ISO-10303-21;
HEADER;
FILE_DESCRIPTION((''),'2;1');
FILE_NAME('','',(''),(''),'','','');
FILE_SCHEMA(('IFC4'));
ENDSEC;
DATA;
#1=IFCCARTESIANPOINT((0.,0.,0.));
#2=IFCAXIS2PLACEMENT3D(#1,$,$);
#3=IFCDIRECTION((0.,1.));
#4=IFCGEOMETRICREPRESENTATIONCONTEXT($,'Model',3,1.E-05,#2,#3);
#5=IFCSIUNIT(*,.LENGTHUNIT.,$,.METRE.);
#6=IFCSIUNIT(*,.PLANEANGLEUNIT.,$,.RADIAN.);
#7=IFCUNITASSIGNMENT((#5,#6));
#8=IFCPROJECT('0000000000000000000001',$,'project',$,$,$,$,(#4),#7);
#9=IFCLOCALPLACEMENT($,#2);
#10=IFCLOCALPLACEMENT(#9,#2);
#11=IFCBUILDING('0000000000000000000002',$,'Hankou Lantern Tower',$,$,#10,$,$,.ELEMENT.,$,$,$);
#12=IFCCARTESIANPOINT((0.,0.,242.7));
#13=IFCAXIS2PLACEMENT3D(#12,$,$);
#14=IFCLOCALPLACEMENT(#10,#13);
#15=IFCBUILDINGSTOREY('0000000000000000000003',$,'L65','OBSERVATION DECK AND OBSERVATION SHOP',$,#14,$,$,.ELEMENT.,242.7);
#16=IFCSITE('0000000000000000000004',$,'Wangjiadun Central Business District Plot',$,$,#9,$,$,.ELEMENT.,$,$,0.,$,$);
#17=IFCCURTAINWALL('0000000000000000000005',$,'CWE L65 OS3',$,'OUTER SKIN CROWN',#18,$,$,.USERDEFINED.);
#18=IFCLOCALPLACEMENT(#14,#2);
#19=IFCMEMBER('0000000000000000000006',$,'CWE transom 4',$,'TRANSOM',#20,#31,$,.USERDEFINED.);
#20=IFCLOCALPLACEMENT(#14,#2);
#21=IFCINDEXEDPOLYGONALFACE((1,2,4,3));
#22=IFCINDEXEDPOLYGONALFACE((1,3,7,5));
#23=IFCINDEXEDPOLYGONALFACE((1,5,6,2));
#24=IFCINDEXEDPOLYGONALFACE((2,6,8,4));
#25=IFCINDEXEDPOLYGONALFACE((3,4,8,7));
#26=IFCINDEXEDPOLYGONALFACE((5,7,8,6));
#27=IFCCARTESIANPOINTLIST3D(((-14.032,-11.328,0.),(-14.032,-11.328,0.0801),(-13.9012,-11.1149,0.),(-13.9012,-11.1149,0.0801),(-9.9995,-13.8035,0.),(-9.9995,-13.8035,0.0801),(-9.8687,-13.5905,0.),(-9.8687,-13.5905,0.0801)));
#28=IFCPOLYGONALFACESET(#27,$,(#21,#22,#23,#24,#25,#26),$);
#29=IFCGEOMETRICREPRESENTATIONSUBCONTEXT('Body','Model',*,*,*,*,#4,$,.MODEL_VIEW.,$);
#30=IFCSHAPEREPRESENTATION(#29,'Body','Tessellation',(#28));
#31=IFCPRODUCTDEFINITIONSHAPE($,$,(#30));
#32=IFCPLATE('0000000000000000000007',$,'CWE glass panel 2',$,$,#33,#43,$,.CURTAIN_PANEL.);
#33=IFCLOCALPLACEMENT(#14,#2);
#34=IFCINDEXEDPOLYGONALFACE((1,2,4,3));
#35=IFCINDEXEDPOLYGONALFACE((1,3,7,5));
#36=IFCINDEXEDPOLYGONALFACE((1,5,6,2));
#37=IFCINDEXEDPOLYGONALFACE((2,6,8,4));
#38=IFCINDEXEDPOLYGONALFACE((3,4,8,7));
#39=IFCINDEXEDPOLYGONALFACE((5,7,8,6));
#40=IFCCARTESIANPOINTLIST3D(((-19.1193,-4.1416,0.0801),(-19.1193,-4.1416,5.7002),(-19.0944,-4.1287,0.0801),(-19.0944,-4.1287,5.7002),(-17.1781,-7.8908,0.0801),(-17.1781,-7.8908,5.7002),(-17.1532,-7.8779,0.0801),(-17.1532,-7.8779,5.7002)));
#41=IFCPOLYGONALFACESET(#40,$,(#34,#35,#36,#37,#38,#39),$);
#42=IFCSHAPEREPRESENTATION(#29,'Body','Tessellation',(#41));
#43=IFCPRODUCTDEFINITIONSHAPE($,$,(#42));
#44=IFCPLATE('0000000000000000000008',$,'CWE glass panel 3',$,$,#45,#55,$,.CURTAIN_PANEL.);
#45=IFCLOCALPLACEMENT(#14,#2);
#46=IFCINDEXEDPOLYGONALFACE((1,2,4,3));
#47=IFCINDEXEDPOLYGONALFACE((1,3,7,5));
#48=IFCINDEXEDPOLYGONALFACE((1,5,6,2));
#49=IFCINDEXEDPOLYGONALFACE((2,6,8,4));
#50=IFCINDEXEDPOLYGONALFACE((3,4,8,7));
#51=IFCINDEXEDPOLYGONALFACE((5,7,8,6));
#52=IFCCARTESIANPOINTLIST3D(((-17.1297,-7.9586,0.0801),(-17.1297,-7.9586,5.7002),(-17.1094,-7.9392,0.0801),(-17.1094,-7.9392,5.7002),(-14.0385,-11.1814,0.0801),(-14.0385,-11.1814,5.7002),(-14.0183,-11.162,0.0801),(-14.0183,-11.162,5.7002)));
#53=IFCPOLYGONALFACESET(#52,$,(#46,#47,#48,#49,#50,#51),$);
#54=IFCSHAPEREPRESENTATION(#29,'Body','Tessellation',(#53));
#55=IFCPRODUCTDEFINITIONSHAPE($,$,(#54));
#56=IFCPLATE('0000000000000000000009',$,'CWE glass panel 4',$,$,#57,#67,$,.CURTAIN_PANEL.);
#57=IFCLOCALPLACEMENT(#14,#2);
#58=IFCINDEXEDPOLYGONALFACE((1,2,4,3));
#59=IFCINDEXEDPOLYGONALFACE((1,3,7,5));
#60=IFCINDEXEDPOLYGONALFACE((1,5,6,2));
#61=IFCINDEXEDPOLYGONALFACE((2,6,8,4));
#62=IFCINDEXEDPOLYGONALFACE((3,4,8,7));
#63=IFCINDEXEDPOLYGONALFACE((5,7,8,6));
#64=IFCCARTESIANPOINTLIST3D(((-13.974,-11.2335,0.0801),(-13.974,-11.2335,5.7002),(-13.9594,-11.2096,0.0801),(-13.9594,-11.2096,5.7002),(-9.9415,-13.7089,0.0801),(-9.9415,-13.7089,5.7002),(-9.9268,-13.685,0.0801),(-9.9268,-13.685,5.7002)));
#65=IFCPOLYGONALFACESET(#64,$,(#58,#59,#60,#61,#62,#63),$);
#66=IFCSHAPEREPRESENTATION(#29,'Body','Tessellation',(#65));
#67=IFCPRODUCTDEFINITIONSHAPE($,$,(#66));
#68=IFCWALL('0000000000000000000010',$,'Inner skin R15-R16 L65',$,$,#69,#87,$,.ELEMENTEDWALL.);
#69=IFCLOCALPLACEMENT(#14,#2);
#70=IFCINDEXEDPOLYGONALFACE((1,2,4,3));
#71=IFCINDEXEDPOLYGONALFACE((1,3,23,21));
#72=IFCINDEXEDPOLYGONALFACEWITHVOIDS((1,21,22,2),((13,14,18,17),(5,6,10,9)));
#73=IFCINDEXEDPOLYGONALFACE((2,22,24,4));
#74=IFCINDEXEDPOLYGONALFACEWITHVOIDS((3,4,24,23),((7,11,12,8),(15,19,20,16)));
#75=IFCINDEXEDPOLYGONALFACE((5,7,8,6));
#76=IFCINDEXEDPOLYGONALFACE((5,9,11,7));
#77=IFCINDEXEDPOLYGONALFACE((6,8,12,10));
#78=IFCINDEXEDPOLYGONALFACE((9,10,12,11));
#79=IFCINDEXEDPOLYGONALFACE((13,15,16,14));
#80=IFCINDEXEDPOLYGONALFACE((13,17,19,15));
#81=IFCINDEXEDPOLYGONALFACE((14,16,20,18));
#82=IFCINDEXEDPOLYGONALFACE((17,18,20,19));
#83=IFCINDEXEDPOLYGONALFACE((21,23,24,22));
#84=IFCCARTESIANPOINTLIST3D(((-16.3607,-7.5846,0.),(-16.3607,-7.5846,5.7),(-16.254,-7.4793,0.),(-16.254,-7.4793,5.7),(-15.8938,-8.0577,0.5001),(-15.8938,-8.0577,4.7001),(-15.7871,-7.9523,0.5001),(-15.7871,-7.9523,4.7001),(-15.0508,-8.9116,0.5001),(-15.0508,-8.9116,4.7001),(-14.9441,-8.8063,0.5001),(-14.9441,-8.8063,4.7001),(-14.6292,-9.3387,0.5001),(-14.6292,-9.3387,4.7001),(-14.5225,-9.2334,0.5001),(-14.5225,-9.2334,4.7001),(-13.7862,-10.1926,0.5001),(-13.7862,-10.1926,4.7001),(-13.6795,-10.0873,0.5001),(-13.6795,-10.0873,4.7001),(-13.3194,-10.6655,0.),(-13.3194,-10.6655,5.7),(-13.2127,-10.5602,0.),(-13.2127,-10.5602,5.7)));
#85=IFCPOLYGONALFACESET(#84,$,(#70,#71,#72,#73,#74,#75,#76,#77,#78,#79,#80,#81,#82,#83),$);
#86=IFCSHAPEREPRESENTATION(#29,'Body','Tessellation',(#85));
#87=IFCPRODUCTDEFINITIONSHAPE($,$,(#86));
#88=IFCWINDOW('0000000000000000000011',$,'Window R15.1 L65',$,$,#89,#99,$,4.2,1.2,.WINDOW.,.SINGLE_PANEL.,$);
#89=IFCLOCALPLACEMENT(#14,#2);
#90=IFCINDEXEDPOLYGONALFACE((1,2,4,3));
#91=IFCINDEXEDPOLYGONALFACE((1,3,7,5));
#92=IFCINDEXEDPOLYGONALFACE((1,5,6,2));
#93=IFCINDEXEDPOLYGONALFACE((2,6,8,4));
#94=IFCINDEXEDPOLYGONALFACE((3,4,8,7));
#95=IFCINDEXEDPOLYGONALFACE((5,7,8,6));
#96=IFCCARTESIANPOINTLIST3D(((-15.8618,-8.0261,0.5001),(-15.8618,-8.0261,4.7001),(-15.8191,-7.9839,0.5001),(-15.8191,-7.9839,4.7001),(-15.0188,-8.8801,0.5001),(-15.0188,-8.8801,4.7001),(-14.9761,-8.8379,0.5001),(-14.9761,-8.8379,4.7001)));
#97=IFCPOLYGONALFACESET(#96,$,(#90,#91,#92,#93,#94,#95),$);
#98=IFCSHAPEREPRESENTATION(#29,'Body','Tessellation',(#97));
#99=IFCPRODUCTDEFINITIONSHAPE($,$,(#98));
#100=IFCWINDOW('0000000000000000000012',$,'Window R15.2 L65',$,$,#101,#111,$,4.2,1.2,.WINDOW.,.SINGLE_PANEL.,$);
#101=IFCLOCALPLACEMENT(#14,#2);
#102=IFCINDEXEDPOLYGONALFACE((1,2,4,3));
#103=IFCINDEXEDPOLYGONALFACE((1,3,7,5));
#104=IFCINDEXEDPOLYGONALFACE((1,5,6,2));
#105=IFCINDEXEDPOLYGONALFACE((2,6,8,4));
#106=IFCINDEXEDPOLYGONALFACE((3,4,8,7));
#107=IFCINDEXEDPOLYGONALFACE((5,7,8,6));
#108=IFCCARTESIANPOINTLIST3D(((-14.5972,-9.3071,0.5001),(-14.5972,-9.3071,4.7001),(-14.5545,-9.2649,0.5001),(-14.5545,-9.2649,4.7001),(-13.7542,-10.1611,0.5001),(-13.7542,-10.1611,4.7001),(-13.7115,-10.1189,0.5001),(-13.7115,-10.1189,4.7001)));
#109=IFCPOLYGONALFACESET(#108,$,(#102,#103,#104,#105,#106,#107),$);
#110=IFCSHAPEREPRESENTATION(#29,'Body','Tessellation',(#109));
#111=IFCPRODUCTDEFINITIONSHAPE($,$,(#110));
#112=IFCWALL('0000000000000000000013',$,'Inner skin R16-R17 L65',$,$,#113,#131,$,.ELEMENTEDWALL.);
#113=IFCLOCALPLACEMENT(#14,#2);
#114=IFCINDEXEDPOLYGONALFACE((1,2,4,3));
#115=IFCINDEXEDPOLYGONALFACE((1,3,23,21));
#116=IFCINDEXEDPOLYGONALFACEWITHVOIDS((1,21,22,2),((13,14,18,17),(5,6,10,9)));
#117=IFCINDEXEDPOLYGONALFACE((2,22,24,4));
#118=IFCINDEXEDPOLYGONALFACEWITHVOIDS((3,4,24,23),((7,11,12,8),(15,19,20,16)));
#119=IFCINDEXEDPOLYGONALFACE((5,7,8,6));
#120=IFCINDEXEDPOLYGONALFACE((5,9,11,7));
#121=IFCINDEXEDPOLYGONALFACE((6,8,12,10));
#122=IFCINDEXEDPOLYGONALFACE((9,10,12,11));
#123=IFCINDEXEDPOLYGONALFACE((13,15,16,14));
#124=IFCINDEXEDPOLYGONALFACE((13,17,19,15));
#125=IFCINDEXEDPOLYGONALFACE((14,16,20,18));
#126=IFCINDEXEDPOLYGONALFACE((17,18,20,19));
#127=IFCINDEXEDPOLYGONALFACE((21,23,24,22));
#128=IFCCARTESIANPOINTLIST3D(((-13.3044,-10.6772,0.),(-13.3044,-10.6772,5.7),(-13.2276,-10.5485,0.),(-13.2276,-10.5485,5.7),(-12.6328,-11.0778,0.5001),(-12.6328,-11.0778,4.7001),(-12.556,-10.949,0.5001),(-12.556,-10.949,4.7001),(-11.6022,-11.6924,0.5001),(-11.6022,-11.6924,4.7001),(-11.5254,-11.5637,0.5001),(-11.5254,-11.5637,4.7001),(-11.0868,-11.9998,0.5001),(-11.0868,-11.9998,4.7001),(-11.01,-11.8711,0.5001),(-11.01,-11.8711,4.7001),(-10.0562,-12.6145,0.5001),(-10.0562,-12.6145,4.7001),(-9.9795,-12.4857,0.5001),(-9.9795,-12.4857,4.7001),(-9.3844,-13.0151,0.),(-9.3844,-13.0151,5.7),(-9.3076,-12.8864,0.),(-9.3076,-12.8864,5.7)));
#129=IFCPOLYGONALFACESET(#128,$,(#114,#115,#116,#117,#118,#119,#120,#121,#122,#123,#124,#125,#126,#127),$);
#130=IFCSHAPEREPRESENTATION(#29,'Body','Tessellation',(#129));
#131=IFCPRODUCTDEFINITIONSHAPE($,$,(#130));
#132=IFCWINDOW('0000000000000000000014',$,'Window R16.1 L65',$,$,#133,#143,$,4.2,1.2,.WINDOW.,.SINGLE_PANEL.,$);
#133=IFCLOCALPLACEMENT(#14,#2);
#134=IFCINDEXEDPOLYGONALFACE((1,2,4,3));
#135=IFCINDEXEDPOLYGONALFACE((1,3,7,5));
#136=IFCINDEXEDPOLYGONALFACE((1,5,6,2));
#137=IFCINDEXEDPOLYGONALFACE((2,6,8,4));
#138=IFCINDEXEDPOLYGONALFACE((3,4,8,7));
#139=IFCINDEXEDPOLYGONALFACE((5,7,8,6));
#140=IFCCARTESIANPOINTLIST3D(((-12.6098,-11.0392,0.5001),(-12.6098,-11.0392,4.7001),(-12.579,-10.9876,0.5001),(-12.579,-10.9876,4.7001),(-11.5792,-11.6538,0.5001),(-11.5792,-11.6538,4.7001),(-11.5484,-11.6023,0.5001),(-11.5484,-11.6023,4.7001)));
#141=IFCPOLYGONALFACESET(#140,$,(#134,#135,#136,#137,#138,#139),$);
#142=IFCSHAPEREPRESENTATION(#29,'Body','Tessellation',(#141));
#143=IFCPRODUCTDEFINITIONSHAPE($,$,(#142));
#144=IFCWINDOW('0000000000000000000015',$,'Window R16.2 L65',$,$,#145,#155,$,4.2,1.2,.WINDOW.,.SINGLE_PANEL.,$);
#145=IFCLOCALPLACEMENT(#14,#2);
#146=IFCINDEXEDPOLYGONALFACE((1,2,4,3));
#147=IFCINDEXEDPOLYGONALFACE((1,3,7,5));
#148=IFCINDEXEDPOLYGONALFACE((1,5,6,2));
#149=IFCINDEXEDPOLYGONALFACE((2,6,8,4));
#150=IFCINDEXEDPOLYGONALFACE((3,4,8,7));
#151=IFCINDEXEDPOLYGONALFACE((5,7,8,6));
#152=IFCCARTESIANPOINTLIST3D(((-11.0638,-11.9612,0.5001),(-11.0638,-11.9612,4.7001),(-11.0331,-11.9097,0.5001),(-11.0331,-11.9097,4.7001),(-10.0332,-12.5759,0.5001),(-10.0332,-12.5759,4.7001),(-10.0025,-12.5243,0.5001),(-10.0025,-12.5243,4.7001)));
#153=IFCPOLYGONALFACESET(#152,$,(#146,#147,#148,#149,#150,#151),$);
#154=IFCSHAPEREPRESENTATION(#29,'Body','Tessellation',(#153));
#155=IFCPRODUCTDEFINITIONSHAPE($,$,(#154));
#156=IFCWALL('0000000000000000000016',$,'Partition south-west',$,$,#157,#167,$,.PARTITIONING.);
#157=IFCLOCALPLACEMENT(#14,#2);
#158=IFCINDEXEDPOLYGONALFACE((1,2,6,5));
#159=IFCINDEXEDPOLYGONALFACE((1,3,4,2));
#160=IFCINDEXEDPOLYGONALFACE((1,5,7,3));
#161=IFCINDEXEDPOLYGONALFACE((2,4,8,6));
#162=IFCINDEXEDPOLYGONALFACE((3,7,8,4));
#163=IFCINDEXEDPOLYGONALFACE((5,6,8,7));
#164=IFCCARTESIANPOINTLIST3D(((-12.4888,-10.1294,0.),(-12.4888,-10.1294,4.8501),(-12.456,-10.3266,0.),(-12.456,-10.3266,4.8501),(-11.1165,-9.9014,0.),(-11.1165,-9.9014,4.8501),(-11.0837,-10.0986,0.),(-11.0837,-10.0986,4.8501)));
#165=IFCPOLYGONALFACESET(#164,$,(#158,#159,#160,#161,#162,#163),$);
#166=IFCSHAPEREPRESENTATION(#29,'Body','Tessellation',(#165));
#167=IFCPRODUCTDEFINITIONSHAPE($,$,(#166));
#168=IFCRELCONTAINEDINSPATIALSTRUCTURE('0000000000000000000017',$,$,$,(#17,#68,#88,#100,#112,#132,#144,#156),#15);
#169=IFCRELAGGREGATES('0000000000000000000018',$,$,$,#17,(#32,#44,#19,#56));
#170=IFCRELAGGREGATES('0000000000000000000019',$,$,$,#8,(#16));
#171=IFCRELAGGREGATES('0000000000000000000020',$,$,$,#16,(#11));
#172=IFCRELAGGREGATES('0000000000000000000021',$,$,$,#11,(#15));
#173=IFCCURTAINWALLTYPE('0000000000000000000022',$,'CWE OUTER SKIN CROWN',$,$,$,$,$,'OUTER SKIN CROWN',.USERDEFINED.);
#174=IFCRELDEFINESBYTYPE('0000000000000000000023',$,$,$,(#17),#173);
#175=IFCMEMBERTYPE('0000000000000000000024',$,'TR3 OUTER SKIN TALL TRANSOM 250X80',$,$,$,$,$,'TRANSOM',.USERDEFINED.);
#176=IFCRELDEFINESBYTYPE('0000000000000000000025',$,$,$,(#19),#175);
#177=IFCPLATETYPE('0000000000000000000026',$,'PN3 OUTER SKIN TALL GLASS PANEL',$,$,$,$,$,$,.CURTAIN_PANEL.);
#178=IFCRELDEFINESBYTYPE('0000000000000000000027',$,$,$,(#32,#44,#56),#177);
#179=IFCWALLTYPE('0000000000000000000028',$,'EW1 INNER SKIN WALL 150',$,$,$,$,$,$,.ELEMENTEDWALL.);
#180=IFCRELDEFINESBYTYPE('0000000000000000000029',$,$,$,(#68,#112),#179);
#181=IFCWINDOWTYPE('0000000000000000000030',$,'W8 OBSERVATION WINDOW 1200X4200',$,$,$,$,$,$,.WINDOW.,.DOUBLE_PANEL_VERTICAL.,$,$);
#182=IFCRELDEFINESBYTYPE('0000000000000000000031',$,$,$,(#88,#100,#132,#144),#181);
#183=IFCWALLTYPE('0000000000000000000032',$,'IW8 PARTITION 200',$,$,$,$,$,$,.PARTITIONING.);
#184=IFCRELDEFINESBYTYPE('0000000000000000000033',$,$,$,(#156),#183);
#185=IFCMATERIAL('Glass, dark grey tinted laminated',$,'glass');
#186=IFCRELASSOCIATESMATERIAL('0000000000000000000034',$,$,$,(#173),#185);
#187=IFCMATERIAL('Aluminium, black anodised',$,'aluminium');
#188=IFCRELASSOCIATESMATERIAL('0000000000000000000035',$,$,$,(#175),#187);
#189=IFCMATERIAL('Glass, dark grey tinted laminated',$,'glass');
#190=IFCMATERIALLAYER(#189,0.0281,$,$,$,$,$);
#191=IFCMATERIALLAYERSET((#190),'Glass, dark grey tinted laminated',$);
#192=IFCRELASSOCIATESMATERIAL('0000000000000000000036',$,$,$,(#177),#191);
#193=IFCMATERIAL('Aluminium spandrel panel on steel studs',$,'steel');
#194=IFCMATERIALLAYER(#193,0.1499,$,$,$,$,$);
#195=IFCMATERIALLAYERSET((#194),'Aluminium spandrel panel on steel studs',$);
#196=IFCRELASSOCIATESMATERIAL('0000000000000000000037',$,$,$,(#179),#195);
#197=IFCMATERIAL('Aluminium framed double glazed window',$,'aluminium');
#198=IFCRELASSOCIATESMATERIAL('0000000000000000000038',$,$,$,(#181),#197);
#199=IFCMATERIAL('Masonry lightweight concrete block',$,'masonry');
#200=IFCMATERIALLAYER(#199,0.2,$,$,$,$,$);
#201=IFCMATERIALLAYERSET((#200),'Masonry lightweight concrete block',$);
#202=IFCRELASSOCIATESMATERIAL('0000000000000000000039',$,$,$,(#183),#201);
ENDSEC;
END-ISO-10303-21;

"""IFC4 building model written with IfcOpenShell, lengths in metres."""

from ifc_helpers import new_model, si_unit, direction, frame, frame_2d, origin, origin_2d, place, context, subcontext, project, spatial, rectangle, extrude, material, layer, layer_set, material_profile, profile_set, type_object, element, fill, aggregate, save


model = new_model("IFC4")

# Units and contexts
model_context = context("Model", 3, precision=1e-05, world=origin(), true_north=direction((0.0, 1.0)))
body_context = subcontext(model_context, "Body", "Model", "MODEL_VIEW")
ifc_project = project(units=[si_unit("LENGTHUNIT", "METRE"), si_unit("PLANEANGLEUNIT", "RADIAN")], contexts=[model_context])

# Site, building, storey
site_placement = place(None, origin())
site = spatial("IfcSite", under=ifc_project, at=site_placement, Name="Wangjiadun Central Business District Plot", CompositionType="ELEMENT", RefElevation=0.0)
building_placement = place(site_placement, origin())
building = spatial("IfcBuilding", under=site, at=building_placement, Name="Hankou Lantern Tower", CompositionType="ELEMENT")
storey_placement = place(building_placement, frame((0.0, 0.0, 242.7)))
storey = spatial("IfcBuildingStorey", under=building, at=storey_placement, Name="L65", Description="OBSERVATION DECK AND OBSERVATION SHOP", CompositionType="ELEMENT", Elevation=242.7)

# Curtain wall
ifc_material_1 = material(Name="Glass, dark grey tinted laminated", Category="glass")
curtain_wall_type = type_object("IfcCurtainWallType", Name="CWE OUTER SKIN CROWN", ElementType="OUTER SKIN CROWN", PredefinedType="USERDEFINED", material=ifc_material_1)
curtain_wall_placement = place(storey_placement, origin())
curtain_wall = element("IfcCurtainWall", 1, at=curtain_wall_placement, inside=storey, type_object=curtain_wall_type, Name="CWE L65 OS3", ObjectType="OUTER SKIN CROWN", PredefinedType="USERDEFINED")

# Member
ifc_material_2 = material(Name="Aluminium, black anodised", Category="aluminium")
ifc_material_profile_1 = material_profile(ifc_material_2, rectangle(XDim=0.25, YDim=0.0801, at=origin_2d()), Name="TR3 250X80")
ifc_profile_set_1 = profile_set([ifc_material_profile_1], Name="Aluminium, black anodised")
member_type_1 = type_object("IfcMemberType", Name="TR3 OUTER SKIN TALL TRANSOM 250X80", ElementType="TRANSOM", PredefinedType="USERDEFINED", material=ifc_profile_set_1)
member_1_placement = place(storey_placement, frame((-13.9666, -11.2214, 0.04), z_axis=(0.852218, -0.523187, 0.0), x_axis=(0.523187, 0.852218, 0.0)))
member_1 = element("IfcMember", 2, at=member_1_placement, type_object=member_type_1, Name="CWE transom 4", ObjectType="TRANSOM", PredefinedType="USERDEFINED", context=body_context, shape_type="SweptSolid", body=[
    extrude(rectangle(XDim=0.25, YDim=0.0801, at=origin_2d()), origin(), (0.0, 0.0, 1.0), 4.7317),
])

# Plates
ifc_material_3 = material(Name="Glass, dark grey tinted laminated", Category="glass")
ifc_layer_1 = layer(ifc_material_3, 0.0281)
ifc_layer_set_1 = layer_set([ifc_layer_1], Name="Glass, dark grey tinted laminated")
plate_type = type_object("IfcPlateType", Name="PN3 OUTER SKIN TALL GLASS PANEL", PredefinedType="CURTAIN_PANEL", material=ifc_layer_set_1)
plate_1_placement = place(storey_placement, frame((-18.1362, -6.0098, 0.0801), z_axis=(0.0, 0.0, 1.0), x_axis=(0.459791, -0.888027, 0.0)))
plate_1 = element("IfcPlate", 3, at=plate_1_placement, type_object=plate_type, Name="CWE glass panel 2", PredefinedType="CURTAIN_PANEL", context=body_context, shape_type="SweptSolid", body=[
    extrude(rectangle(XDim=4.2219, YDim=0.0281, at=origin_2d()), origin(), (0.0, 0.0, 1.0), 5.6201),
])
plate_2_placement = place(storey_placement, frame((-15.574, -9.5603, 0.0801), z_axis=(0.0, 0.0, 1.0), x_axis=(0.692216, -0.721691, 0.0)))
plate_2 = element("IfcPlate", 4, at=plate_2_placement, type_object=plate_type, Name="CWE glass panel 3", PredefinedType="CURTAIN_PANEL", context=body_context, shape_type="SweptSolid", body=[
    extrude(rectangle(XDim=4.4656, YDim=0.0281, at=origin_2d()), origin(), (0.0, 0.0, 1.0), 5.6201),
])
plate_3_placement = place(storey_placement, frame((-11.9504, -12.4592, 0.0801), z_axis=(0.0, 0.0, 1.0), x_axis=(0.852237, -0.523156, 0.0)))
plate_3 = element("IfcPlate", 5, at=plate_3_placement, type_object=plate_type, Name="CWE glass panel 4", PredefinedType="CURTAIN_PANEL", context=body_context, shape_type="SweptSolid", body=[
    extrude(rectangle(XDim=4.7317, YDim=0.0281, at=origin_2d()), origin(), (0.0, 0.0, 1.0), 5.6201),
])
aggregate(curtain_wall, [plate_1, plate_2, member_1, plate_3])

# Walls, openings, windows
ifc_material_4 = material(Name="Aluminium spandrel panel on steel studs", Category="steel")
ifc_layer_2 = layer(ifc_material_4, 0.1499)
ifc_layer_set_2 = layer_set([ifc_layer_2], Name="Aluminium spandrel panel on steel studs")
wall_type_1 = type_object("IfcWallType", Name="EW1 INNER SKIN WALL 150", PredefinedType="ELEMENTEDWALL", material=ifc_layer_set_2)
wall_1_placement = place(storey_placement, frame((-16.3074, -7.532, 0.0), z_axis=(0.0, 0.0, 1.0), x_axis=(0.702524, -0.71166, 0.0)))
wall_1 = element("IfcWall", 6, at=wall_1_placement, inside=storey, type_object=wall_type_1, Name="Inner skin R15-R16 L65", PredefinedType="ELEMENTEDWALL", context=body_context, shape_type="SweptSolid", body=[
    extrude(rectangle(XDim=4.3291, YDim=0.1499, at=frame_2d((2.1646, 0.0))), origin(), (0.0, 0.0, 1.0), 5.7),
])
opening_1_placement = place(wall_1_placement, frame((0.6646, 0.0, 0.5)))
opening_1 = element("IfcOpeningElement", 7, at=opening_1_placement, cuts=wall_1, PredefinedType="OPENING", context=body_context, shape_type="SweptSolid", body=[
    extrude(rectangle(XDim=1.2, YDim=4.2, at=frame_2d((0.6001, 2.1001))), frame((0.0, 0.085, 0.0), z_axis=(0.0, -1.0, 0.0), x_axis=(1.0, 0.0, 0.0)), (0.0, 0.0, 1.0), 0.1699),
])
opening_2_placement = place(wall_1_placement, frame((2.4646, 0.0, 0.5)))
opening_2 = element("IfcOpeningElement", 8, at=opening_2_placement, cuts=wall_1, PredefinedType="OPENING", context=body_context, shape_type="SweptSolid", body=[
    extrude(rectangle(XDim=1.2, YDim=4.2, at=frame_2d((0.6001, 2.1001))), frame((0.0, 0.085, 0.0), z_axis=(0.0, -1.0, 0.0), x_axis=(1.0, 0.0, 0.0)), (0.0, 0.0, 1.0), 0.1699),
])
ifc_material_5 = material(Name="Aluminium framed double glazed window", Category="aluminium")
window_type = type_object("IfcWindowType", Name="W8 OBSERVATION WINDOW 1200X4200", PartitioningType="DOUBLE_PANEL_VERTICAL", PredefinedType="WINDOW", material=ifc_material_5)
window_1_placement = place(opening_1_placement, origin())
window_1 = element("IfcWindow", 9, at=window_1_placement, inside=storey, type_object=window_type, Name="Window R15.1 L65", OverallHeight=4.2, OverallWidth=1.2, PartitioningType="SINGLE_PANEL", PredefinedType="WINDOW", context=body_context, shape_type="SweptSolid", body=[
    extrude(rectangle(XDim=1.2, YDim=4.2, at=frame_2d((0.6001, 2.1001))), frame((0.0, 0.03, 0.0), z_axis=(0.0, -1.0, 0.0), x_axis=(1.0, 0.0, 0.0)), (0.0, 0.0, 1.0), 0.0601),
])
fill(opening_1, window_1)
window_2_placement = place(opening_2_placement, origin())
window_2 = element("IfcWindow", 10, at=window_2_placement, inside=storey, type_object=window_type, Name="Window R15.2 L65", OverallHeight=4.2, OverallWidth=1.2, PartitioningType="SINGLE_PANEL", PredefinedType="WINDOW", context=body_context, shape_type="SweptSolid", body=[
    extrude(rectangle(XDim=1.2, YDim=4.2, at=frame_2d((0.6001, 2.1001))), frame((0.0, 0.03, 0.0), z_axis=(0.0, -1.0, 0.0), x_axis=(1.0, 0.0, 0.0)), (0.0, 0.0, 1.0), 0.0601),
])
fill(opening_2, window_2)
wall_2_placement = place(storey_placement, frame((-13.2661, -10.6128, 0.0), z_axis=(0.0, 0.0, 1.0), x_axis=(0.858849, -0.512228, 0.0)))
wall_2 = element("IfcWall", 11, at=wall_2_placement, inside=storey, type_object=wall_type_1, Name="Inner skin R16-R17 L65", PredefinedType="ELEMENTEDWALL", context=body_context, shape_type="SweptSolid", body=[
    extrude(rectangle(XDim=4.5642, YDim=0.1499, at=frame_2d((2.2822, 0.0))), origin(), (0.0, 0.0, 1.0), 5.7),
])
opening_3_placement = place(wall_2_placement, frame((0.782, 0.0, 0.5)))
opening_3 = element("IfcOpeningElement", 12, at=opening_3_placement, cuts=wall_2, PredefinedType="OPENING", context=body_context, shape_type="SweptSolid", body=[
    extrude(rectangle(XDim=1.2, YDim=4.2, at=frame_2d((0.6001, 2.1001))), frame((0.0, 0.085, 0.0), z_axis=(0.0, -1.0, 0.0), x_axis=(1.0, 0.0, 0.0)), (0.0, 0.0, 1.0), 0.1699),
])
opening_4_placement = place(wall_2_placement, frame((2.582, 0.0, 0.5)))
opening_4 = element("IfcOpeningElement", 13, at=opening_4_placement, cuts=wall_2, PredefinedType="OPENING", context=body_context, shape_type="SweptSolid", body=[
    extrude(rectangle(XDim=1.2, YDim=4.2, at=frame_2d((0.6001, 2.1001))), frame((0.0, 0.085, 0.0), z_axis=(0.0, -1.0, 0.0), x_axis=(1.0, 0.0, 0.0)), (0.0, 0.0, 1.0), 0.1699),
])
window_3_placement = place(opening_3_placement, origin())
window_3 = element("IfcWindow", 14, at=window_3_placement, inside=storey, type_object=window_type, Name="Window R16.1 L65", OverallHeight=4.2, OverallWidth=1.2, PartitioningType="SINGLE_PANEL", PredefinedType="WINDOW", context=body_context, shape_type="SweptSolid", body=[
    extrude(rectangle(XDim=1.2, YDim=4.2, at=frame_2d((0.6001, 2.1001))), frame((0.0, 0.03, 0.0), z_axis=(0.0, -1.0, 0.0), x_axis=(1.0, 0.0, 0.0)), (0.0, 0.0, 1.0), 0.0601),
])
fill(opening_3, window_3)
window_4_placement = place(opening_4_placement, origin())
window_4 = element("IfcWindow", 15, at=window_4_placement, inside=storey, type_object=window_type, Name="Window R16.2 L65", OverallHeight=4.2, OverallWidth=1.2, PartitioningType="SINGLE_PANEL", PredefinedType="WINDOW", context=body_context, shape_type="SweptSolid", body=[
    extrude(rectangle(XDim=1.2, YDim=4.2, at=frame_2d((0.6001, 2.1001))), frame((0.0, 0.03, 0.0), z_axis=(0.0, -1.0, 0.0), x_axis=(1.0, 0.0, 0.0)), (0.0, 0.0, 1.0), 0.0601),
])
fill(opening_4, window_4)

# Wall
ifc_material_6 = material(Name="Masonry lightweight concrete block", Category="masonry")
ifc_layer_3 = layer(ifc_material_6, 0.2)
ifc_layer_set_3 = layer_set([ifc_layer_3], Name="Masonry lightweight concrete block")
wall_type_2 = type_object("IfcWallType", Name="IW8 PARTITION 200", PredefinedType="PARTITIONING", material=ifc_layer_set_3)
wall_3_placement = place(storey_placement, frame((-11.1001, -10.0, 0.0), z_axis=(0.0, 0.0, 1.0), x_axis=(-0.986474, -0.163915, 0.0)))
element("IfcWall", 16, at=wall_3_placement, inside=storey, type_object=wall_type_2, Name="Partition south-west", PredefinedType="PARTITIONING", context=body_context, shape_type="SweptSolid", body=[
    extrude(rectangle(XDim=1.3911, YDim=0.2, at=frame_2d((0.6956, 0.0))), origin(), (0.0, 0.0, 1.0), 4.8501),
])

save(model, "model.ifc")
